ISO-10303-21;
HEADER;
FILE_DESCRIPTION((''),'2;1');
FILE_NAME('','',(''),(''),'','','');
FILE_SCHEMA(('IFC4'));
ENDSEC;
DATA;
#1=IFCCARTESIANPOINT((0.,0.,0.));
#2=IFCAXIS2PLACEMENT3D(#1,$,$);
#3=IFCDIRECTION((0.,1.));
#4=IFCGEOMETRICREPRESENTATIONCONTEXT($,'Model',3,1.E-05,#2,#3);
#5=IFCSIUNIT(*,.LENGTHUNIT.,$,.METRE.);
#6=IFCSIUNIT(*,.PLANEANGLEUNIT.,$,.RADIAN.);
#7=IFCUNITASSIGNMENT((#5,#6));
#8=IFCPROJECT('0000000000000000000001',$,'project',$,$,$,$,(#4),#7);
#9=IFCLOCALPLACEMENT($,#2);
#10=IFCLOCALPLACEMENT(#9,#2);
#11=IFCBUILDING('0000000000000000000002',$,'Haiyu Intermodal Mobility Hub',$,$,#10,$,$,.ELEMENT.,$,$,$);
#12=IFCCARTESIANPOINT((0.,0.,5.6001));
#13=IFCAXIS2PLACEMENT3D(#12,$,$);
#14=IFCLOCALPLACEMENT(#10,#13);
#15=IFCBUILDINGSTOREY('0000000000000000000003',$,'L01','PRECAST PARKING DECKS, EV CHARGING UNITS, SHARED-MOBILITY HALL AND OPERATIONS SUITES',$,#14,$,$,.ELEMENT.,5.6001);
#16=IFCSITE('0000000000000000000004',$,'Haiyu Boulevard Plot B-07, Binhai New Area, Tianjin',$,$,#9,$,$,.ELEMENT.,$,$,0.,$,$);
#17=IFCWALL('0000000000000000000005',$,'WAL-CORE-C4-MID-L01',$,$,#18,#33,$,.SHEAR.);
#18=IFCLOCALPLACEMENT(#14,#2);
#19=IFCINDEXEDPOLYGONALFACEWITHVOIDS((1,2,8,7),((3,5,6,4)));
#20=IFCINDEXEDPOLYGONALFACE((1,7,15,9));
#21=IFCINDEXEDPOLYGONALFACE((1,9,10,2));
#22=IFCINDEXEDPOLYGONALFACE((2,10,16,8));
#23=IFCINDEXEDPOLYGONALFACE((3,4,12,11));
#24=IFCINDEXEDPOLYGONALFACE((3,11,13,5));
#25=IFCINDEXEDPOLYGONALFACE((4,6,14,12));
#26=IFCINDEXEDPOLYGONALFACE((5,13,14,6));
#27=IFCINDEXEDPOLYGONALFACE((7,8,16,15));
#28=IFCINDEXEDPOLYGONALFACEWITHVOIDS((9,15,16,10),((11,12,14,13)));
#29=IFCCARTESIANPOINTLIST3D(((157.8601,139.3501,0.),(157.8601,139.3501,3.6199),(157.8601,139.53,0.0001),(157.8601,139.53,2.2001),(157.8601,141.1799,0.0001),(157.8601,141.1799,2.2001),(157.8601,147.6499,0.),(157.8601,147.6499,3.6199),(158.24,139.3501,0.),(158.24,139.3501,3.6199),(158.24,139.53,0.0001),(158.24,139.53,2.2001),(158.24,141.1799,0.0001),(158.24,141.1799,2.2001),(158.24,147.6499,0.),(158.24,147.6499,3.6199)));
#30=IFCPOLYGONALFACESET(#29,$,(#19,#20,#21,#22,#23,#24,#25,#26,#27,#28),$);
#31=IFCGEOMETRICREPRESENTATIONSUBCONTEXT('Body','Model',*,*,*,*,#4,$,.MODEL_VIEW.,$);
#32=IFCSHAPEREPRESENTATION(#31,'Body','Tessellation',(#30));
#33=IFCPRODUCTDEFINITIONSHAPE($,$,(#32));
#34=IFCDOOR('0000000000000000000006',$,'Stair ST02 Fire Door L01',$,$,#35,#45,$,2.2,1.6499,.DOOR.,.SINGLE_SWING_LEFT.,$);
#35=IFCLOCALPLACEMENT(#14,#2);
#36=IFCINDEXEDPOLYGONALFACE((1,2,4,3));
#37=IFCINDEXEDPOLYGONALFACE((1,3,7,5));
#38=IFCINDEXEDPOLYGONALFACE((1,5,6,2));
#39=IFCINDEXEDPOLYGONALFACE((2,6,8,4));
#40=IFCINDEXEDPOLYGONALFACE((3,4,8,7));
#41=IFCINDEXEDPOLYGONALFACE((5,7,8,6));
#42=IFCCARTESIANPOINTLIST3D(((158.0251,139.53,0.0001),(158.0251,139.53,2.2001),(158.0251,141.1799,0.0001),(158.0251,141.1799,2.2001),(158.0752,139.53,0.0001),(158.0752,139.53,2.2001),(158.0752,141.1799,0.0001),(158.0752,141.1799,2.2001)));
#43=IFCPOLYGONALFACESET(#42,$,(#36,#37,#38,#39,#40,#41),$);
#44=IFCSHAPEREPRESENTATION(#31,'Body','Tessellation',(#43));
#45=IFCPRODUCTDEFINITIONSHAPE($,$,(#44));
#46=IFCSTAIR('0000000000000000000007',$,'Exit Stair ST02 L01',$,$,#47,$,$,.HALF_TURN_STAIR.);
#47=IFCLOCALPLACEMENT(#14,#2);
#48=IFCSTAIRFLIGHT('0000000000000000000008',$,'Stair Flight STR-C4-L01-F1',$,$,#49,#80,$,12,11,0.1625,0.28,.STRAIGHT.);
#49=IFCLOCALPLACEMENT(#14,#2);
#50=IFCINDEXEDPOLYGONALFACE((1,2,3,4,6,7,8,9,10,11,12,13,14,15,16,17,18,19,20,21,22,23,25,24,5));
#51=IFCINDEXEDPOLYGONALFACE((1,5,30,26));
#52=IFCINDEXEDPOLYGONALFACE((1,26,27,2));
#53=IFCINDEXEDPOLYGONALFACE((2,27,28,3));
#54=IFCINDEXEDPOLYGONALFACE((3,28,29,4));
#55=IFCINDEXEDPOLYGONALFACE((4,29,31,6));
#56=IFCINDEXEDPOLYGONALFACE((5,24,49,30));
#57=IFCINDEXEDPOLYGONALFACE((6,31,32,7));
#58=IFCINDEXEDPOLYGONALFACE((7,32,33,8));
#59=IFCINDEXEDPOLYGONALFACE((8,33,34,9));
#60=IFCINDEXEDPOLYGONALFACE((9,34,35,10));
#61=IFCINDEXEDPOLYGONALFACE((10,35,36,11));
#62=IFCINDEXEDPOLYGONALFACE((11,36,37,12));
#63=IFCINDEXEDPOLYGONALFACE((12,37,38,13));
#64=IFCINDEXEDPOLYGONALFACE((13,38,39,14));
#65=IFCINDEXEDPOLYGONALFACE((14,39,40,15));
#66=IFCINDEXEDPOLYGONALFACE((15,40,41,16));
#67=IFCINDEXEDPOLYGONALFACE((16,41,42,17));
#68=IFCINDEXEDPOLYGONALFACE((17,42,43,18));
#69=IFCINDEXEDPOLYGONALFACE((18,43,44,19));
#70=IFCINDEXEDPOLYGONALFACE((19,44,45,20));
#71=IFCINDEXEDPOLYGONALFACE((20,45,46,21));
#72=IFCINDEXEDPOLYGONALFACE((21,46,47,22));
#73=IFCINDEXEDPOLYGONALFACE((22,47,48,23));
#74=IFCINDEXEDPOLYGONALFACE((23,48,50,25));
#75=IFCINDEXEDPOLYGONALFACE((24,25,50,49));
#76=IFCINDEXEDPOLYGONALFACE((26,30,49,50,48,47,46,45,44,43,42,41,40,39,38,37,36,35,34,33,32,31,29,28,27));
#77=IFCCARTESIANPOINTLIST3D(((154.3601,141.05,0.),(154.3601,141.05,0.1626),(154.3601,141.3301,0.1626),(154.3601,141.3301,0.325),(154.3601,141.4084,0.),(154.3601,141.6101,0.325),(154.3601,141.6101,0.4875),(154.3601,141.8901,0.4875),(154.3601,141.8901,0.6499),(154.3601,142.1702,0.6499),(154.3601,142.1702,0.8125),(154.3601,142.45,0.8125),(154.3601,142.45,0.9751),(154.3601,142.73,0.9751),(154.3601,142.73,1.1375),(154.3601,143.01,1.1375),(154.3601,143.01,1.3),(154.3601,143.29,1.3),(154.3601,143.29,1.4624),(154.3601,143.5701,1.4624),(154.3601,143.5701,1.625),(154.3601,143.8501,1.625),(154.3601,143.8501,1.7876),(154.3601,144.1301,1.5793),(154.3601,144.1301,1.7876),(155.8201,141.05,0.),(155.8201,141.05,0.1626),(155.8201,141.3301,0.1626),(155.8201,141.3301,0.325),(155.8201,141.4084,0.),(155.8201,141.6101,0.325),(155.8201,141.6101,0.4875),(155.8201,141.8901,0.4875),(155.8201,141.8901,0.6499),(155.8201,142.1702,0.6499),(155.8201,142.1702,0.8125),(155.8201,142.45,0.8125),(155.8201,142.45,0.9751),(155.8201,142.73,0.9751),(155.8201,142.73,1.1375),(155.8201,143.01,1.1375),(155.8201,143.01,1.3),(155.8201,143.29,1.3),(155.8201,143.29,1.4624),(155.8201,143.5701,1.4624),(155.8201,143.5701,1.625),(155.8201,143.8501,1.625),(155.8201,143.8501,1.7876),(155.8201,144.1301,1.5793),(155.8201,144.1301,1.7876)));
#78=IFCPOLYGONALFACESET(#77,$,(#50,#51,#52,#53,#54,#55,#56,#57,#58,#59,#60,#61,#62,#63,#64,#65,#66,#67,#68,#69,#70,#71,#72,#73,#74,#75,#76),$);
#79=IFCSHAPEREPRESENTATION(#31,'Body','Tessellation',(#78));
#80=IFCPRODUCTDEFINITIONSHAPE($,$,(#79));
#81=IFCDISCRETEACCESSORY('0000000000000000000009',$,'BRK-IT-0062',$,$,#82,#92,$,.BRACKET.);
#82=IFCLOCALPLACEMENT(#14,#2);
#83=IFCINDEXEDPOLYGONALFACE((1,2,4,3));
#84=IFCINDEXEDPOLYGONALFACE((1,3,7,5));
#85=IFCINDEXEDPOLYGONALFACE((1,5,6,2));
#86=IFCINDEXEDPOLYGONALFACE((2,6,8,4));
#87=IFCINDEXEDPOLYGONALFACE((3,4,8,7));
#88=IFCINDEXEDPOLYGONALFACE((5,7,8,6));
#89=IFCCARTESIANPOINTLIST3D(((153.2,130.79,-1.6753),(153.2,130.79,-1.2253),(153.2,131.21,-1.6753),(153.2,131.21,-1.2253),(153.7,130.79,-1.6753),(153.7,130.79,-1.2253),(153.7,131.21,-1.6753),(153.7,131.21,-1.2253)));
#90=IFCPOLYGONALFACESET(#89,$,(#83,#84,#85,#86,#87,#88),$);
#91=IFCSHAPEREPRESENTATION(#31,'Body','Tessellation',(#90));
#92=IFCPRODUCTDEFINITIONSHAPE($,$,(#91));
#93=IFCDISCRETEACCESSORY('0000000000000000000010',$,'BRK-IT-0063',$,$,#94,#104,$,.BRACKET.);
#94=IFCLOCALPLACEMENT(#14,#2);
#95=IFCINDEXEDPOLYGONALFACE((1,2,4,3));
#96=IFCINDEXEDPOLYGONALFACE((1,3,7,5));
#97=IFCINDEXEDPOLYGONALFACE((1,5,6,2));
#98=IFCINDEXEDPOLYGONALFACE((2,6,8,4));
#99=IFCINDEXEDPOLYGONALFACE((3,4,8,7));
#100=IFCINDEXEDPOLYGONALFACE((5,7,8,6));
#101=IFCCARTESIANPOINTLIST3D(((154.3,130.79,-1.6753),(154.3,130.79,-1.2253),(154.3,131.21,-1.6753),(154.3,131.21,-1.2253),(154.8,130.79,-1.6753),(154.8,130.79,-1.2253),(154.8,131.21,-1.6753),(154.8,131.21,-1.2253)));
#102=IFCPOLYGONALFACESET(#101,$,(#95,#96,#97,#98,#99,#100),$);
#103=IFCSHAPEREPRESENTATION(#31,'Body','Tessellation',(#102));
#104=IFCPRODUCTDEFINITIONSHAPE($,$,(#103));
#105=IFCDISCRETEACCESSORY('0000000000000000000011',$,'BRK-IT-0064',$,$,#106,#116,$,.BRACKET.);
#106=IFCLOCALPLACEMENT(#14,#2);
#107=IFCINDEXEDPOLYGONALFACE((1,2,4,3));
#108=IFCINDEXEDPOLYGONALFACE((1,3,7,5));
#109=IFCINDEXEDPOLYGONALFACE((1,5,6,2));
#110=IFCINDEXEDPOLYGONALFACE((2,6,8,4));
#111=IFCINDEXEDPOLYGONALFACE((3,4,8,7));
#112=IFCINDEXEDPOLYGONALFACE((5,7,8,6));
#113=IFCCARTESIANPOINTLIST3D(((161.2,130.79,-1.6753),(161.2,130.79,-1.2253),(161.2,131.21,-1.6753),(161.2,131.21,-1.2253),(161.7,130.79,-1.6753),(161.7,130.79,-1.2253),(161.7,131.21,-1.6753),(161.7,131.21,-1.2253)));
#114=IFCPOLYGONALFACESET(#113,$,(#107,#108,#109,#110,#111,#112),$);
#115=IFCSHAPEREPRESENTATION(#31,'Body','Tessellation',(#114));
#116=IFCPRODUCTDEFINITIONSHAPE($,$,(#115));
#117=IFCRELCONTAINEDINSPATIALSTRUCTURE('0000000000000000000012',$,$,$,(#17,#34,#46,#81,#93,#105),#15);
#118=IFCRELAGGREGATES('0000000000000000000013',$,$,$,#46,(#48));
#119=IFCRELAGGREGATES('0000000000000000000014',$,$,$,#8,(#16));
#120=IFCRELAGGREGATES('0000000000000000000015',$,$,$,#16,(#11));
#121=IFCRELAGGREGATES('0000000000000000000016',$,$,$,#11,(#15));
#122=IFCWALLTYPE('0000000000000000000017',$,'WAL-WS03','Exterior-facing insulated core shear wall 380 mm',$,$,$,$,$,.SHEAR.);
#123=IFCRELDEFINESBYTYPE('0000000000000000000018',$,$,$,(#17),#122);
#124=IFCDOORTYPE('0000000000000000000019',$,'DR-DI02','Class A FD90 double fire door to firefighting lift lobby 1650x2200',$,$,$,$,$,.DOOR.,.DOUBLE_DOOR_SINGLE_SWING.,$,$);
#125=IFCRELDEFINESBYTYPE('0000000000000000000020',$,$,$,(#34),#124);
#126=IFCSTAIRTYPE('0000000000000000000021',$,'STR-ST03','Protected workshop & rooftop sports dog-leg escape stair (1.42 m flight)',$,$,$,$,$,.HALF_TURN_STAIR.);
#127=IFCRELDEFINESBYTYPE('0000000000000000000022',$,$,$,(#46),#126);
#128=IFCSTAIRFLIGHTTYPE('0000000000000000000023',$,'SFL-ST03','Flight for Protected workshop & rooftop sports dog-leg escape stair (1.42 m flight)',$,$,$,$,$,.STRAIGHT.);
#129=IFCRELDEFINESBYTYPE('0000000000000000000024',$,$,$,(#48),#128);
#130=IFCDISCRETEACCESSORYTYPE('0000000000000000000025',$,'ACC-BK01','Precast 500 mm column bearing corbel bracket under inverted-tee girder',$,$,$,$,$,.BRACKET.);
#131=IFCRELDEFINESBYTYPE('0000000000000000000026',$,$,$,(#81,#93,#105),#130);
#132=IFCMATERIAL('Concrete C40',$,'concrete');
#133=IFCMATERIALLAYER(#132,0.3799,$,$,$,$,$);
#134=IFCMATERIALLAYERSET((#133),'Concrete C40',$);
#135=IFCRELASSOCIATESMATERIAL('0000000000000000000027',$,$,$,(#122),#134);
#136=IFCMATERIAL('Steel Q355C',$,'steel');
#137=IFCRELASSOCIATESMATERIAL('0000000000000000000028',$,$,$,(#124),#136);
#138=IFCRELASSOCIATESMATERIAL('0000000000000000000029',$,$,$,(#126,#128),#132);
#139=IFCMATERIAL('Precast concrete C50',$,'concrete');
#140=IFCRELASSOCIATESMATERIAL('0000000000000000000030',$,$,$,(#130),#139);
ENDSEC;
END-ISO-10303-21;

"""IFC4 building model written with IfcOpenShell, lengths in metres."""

from ifc_helpers import new_model, si_unit, direction, frame, frame_2d, origin, origin_2d, place, context, subcontext, project, spatial, polyline, rectangle, outline, extrude, material, layer, layer_set, type_object, element, fill, aggregate, save


model = new_model("IFC4")

# Units and contexts
model_context = context("Model", 3, precision=1e-05, world=origin(), true_north=direction((0.0, 1.0)))
body_context = subcontext(model_context, "Body", "Model", "MODEL_VIEW")
ifc_project = project(units=[si_unit("LENGTHUNIT", "METRE"), si_unit("PLANEANGLEUNIT", "RADIAN")], contexts=[model_context])

# Site, building, storey
site_placement = place(None, origin())
site = spatial("IfcSite", under=ifc_project, at=site_placement, Name="Haiyu Boulevard Plot B-07, Binhai New Area, Tianjin", CompositionType="ELEMENT", RefElevation=0.0)
building_placement = place(site_placement, origin())
building = spatial("IfcBuilding", under=site, at=building_placement, Name="Haiyu Intermodal Mobility Hub", CompositionType="ELEMENT")
storey_placement = place(building_placement, frame((0.0, 0.0, 5.6001)))
storey = spatial("IfcBuildingStorey", under=building, at=storey_placement, Name="L01", Description="PRECAST PARKING DECKS, EV CHARGING UNITS, SHARED-MOBILITY HALL AND OPERATIONS SUITES", CompositionType="ELEMENT", Elevation=5.6001)

# Shared definitions
ifc_material_1 = material(Name="Steel Q355C", Category="steel")

# Shared definitions
ifc_material_2 = material(Name="Concrete C40", Category="concrete")
ifc_material_3 = material(Name="Precast concrete C50", Category="concrete")

# Wall, opening, door
ifc_layer_1 = layer(ifc_material_2, 0.3799)
ifc_layer_set_1 = layer_set([ifc_layer_1], Name="Concrete C40")
wall_type_1 = type_object("IfcWallType", Name="WAL-WS03", Description="Exterior-facing insulated core shear wall 380 mm", PredefinedType="SHEAR", material=ifc_layer_set_1)
wall_1_placement = place(storey_placement, frame((158.05, 139.3501, 0.0), z_axis=(0.0, 0.0, 1.0), x_axis=(0.0, 1.0, 0.0)))
wall_1 = element("IfcWall", 1, at=wall_1_placement, inside=storey, type_object=wall_type_1, Name="WAL-CORE-C4-MID-L01", PredefinedType="SHEAR", context=body_context, shape_type="SweptSolid", body=[
    extrude(rectangle(XDim=8.2998, YDim=0.3799, at=frame_2d((4.1499, 0.0))), origin(), (0.0, 0.0, 1.0), 3.6199),
])
opening_1_placement = place(wall_1_placement, frame((0.1799, 0.0, 0.0)))
opening_1 = element("IfcOpeningElement", 2, at=opening_1_placement, cuts=wall_1, PredefinedType="OPENING", context=body_context, shape_type="SweptSolid", body=[
    extrude(rectangle(XDim=1.6499, YDim=2.2, at=frame_2d((0.825, 1.1001))), frame((0.0, 0.2, 0.0), z_axis=(0.0, -1.0, 0.0), x_axis=(1.0, 0.0, 0.0)), (0.0, 0.0, 1.0), 0.3999),
])
door_type_1 = type_object("IfcDoorType", Name="DR-DI02", Description="Class A FD90 double fire door to firefighting lift lobby 1650x2200", OperationType="DOUBLE_DOOR_SINGLE_SWING", PredefinedType="DOOR", material=ifc_material_1)
door_1_placement = place(opening_1_placement, origin())
door_1 = element("IfcDoor", 3, at=door_1_placement, inside=storey, type_object=door_type_1, Name="Stair ST02 Fire Door L01", OperationType="SINGLE_SWING_LEFT", OverallHeight=2.2, OverallWidth=1.6499, PredefinedType="DOOR", context=body_context, shape_type="SweptSolid", body=[
    extrude(rectangle(XDim=1.6499, YDim=2.2, at=frame_2d((0.825, 1.1001))), frame((0.0, 0.0249, 0.0), z_axis=(0.0, -1.0, 0.0), x_axis=(1.0, 0.0, 0.0)), (0.0, 0.0, 1.0), 0.05),
])
fill(opening_1, door_1)

# Stair, stair flight
stair_type = type_object("IfcStairType", Name="STR-ST03", Description="Protected workshop & rooftop sports dog-leg escape stair (1.42 m flight)", PredefinedType="HALF_TURN_STAIR", material=ifc_material_2)
stair_placement = place(storey_placement, origin())
stair = element("IfcStair", 4, at=stair_placement, inside=storey, type_object=stair_type, Name="Exit Stair ST02 L01", PredefinedType="HALF_TURN_STAIR")
stair_flight_type = type_object("IfcStairFlightType", Name="SFL-ST03", Description="Flight for Protected workshop & rooftop sports dog-leg escape stair (1.42 m flight)", PredefinedType="STRAIGHT", material=ifc_material_2)
stair_flight_placement = place(storey_placement, frame((155.0901, 141.05, 0.0), z_axis=(0.0, 0.0, 1.0), x_axis=(0.0, 1.0, 0.0)))
stair_flight = element("IfcStairFlight", 5, at=stair_flight_placement, type_object=stair_flight_type, Name="Stair Flight STR-C4-L01-F1", NumberOfRisers=12, NumberOfTreads=11, PredefinedType="STRAIGHT", RiserHeight=0.1625, TreadLength=0.28, context=body_context, shape_type="SweptSolid", body=[
    extrude(outline(polyline([(0.0, 0.0), (0.0, 0.1626), (0.28, 0.1626), (0.28, 0.325), (0.5601, 0.325), (0.5601, 0.4875), (0.8401, 0.4875), (0.8401, 0.6499), (1.1201, 0.6499), (1.1201, 0.8125), (1.3999, 0.8125), (1.3999, 0.9751), (1.6799, 0.9751), (1.6799, 1.1375), (1.96, 1.1375), (1.96, 1.3), (2.24, 1.3), (2.24, 1.4624), (2.52, 1.4624), (2.52, 1.625), (2.8, 1.625), (2.8, 1.7876), (3.0801, 1.7876), (3.0801, 1.95), (3.0801, 1.5793), (0.3584, 0.0), (0.0, 0.0)])), frame((0.0, 0.73, 0.0), z_axis=(0.0, -1.0, 0.0), x_axis=(1.0, 0.0, 0.0)), (0.0, 0.0, 1.0), 1.46),
])
aggregate(stair, [stair_flight])

# Discrete accessories
discrete_accessory_type = type_object("IfcDiscreteAccessoryType", Name="ACC-BK01", Description="Precast 500 mm column bearing corbel bracket under inverted-tee girder", PredefinedType="BRACKET", material=ifc_material_3)
for number, where, z_axis, x_axis, name in (
    (6, (153.45, 131.0, -1.6753), (0.0, 0.0, 1.0), (1.0, 0.0, 0.0), "BRK-IT-0062"),
    (7, (154.55, 131.0, -1.6753), (0.0, 0.0, 1.0), (1.0, 0.0, 0.0), "BRK-IT-0063"),
    (8, (161.45, 131.0, -1.6753), (0.0, 0.0, 1.0), (1.0, 0.0, 0.0), "BRK-IT-0064"),
):
    element("IfcDiscreteAccessory", number, at=place(storey_placement, frame(where, z_axis=z_axis, x_axis=x_axis)), inside=storey, type_object=discrete_accessory_type, Name=name, PredefinedType="BRACKET", context=body_context, shape_type="SweptSolid", body=[
        extrude(rectangle(XDim=0.5, YDim=0.4199, at=origin_2d()), origin(), (0.0, 0.0, 1.0), 0.45),
    ])

save(model, "model.ifc")
